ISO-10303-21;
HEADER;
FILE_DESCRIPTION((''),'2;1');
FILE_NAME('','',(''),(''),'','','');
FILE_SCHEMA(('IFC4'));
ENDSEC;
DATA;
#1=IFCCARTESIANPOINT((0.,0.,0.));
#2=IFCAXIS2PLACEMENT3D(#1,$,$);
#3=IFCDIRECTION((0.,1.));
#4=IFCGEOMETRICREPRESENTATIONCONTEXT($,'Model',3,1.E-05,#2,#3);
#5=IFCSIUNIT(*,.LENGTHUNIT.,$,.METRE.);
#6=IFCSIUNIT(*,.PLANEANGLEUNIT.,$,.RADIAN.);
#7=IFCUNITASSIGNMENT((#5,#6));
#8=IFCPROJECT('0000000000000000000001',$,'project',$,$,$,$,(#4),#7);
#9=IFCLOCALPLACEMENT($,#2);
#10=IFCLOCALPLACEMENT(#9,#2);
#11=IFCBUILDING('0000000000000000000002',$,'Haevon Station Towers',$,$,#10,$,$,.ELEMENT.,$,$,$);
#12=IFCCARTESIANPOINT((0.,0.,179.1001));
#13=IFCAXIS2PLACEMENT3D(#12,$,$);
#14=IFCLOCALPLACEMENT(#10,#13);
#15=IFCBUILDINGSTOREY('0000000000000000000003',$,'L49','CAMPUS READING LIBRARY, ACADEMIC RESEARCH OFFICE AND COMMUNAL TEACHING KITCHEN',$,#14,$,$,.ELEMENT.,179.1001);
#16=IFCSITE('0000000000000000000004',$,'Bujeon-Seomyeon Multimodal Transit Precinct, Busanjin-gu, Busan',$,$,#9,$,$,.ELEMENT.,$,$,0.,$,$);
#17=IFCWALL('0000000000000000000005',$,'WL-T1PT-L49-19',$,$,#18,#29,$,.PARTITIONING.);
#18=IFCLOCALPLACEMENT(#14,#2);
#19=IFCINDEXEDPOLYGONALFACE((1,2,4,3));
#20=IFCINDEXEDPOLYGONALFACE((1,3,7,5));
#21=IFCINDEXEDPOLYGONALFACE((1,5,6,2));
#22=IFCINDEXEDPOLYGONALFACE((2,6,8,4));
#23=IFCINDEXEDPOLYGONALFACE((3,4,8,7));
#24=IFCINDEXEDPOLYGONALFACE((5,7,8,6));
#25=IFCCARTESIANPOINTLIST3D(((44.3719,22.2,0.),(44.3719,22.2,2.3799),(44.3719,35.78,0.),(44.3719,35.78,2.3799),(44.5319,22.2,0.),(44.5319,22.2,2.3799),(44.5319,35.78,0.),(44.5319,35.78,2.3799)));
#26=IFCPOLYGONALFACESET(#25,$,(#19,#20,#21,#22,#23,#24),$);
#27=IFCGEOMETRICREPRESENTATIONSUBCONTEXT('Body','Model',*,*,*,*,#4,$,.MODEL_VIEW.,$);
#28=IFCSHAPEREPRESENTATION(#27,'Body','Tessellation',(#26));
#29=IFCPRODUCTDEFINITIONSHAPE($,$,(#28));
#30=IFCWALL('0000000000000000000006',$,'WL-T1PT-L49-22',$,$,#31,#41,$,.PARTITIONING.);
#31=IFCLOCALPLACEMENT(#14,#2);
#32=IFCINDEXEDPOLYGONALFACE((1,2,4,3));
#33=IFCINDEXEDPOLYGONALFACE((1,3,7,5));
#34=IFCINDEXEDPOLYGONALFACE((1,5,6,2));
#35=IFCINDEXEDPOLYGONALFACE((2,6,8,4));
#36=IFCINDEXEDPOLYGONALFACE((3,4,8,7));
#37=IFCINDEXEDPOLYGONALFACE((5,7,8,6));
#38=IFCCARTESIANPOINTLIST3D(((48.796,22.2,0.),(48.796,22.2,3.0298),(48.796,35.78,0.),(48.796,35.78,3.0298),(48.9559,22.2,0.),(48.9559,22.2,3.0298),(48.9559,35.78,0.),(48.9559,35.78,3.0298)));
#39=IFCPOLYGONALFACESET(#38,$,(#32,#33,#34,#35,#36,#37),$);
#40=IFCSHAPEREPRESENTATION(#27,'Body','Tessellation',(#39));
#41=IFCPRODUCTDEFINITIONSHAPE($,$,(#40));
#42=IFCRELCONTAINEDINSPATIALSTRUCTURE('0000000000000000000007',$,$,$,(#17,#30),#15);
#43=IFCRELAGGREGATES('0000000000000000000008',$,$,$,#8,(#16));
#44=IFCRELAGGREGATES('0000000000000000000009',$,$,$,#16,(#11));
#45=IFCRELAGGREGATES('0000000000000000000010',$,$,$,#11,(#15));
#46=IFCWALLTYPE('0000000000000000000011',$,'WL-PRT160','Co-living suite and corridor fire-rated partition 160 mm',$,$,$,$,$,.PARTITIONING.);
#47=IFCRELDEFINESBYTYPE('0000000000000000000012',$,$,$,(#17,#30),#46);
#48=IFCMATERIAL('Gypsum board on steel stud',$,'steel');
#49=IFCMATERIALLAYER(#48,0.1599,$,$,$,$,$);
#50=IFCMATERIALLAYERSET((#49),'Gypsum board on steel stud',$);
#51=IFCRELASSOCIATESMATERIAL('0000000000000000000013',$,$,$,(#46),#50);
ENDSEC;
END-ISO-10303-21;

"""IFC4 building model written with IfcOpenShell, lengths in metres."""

from ifc_helpers import new_model, si_unit, direction, frame, frame_2d, origin, place, context, subcontext, project, spatial, rectangle, extrude, material, layer, layer_set, type_object, element, save


model = new_model("IFC4")

# Units and contexts
model_context = context("Model", 3, precision=1e-05, world=origin(), true_north=direction((0.0, 1.0)))
body_context = subcontext(model_context, "Body", "Model", "MODEL_VIEW")
ifc_project = project(units=[si_unit("LENGTHUNIT", "METRE"), si_unit("PLANEANGLEUNIT", "RADIAN")], contexts=[model_context])

# Site, building, storey
site_placement = place(None, origin())
site = spatial("IfcSite", under=ifc_project, at=site_placement, Name="Bujeon-Seomyeon Multimodal Transit Precinct, Busanjin-gu, Busan", CompositionType="ELEMENT", RefElevation=0.0)
building_placement = place(site_placement, origin())
building = spatial("IfcBuilding", under=site, at=building_placement, Name="Haevon Station Towers", CompositionType="ELEMENT")
storey_placement = place(building_placement, frame((0.0, 0.0, 179.1001)))
storey = spatial("IfcBuildingStorey", under=building, at=storey_placement, Name="L49", Description="CAMPUS READING LIBRARY, ACADEMIC RESEARCH OFFICE AND COMMUNAL TEACHING KITCHEN", CompositionType="ELEMENT", Elevation=179.1001)

# Walls
ifc_material_1 = material(Name="Gypsum board on steel stud", Category="steel")
ifc_layer_1 = layer(ifc_material_1, 0.1599)
ifc_layer_set_1 = layer_set([ifc_layer_1], Name="Gypsum board on steel stud")
wall_type_1 = type_object("IfcWallType", Name="WL-PRT160", Description="Co-living suite and corridor fire-rated partition 160 mm", PredefinedType="PARTITIONING", material=ifc_layer_set_1)
wall_1_placement = place(storey_placement, frame((44.4519, 22.2, 0.0), z_axis=(0.0, 0.0, 1.0), x_axis=(0.0, 1.0, 0.0)))
element("IfcWall", 1, at=wall_1_placement, inside=storey, type_object=wall_type_1, Name="WL-T1PT-L49-19", PredefinedType="PARTITIONING", context=body_context, shape_type="SweptSolid", body=[
    extrude(rectangle(XDim=13.5801, YDim=0.1599, at=frame_2d((6.79, 0.0))), origin(), (0.0, 0.0, 1.0), 2.3799),
])
wall_2_placement = place(storey_placement, frame((48.876, 22.2, 0.0), z_axis=(0.0, 0.0, 1.0), x_axis=(0.0, 1.0, 0.0)))
element("IfcWall", 2, at=wall_2_placement, inside=storey, type_object=wall_type_1, Name="WL-T1PT-L49-22", PredefinedType="PARTITIONING", context=body_context, shape_type="SweptSolid", body=[
    extrude(rectangle(XDim=13.5801, YDim=0.1599, at=frame_2d((6.79, 0.0))), origin(), (0.0, 0.0, 1.0), 3.0298),
])

save(model, "model.ifc")
